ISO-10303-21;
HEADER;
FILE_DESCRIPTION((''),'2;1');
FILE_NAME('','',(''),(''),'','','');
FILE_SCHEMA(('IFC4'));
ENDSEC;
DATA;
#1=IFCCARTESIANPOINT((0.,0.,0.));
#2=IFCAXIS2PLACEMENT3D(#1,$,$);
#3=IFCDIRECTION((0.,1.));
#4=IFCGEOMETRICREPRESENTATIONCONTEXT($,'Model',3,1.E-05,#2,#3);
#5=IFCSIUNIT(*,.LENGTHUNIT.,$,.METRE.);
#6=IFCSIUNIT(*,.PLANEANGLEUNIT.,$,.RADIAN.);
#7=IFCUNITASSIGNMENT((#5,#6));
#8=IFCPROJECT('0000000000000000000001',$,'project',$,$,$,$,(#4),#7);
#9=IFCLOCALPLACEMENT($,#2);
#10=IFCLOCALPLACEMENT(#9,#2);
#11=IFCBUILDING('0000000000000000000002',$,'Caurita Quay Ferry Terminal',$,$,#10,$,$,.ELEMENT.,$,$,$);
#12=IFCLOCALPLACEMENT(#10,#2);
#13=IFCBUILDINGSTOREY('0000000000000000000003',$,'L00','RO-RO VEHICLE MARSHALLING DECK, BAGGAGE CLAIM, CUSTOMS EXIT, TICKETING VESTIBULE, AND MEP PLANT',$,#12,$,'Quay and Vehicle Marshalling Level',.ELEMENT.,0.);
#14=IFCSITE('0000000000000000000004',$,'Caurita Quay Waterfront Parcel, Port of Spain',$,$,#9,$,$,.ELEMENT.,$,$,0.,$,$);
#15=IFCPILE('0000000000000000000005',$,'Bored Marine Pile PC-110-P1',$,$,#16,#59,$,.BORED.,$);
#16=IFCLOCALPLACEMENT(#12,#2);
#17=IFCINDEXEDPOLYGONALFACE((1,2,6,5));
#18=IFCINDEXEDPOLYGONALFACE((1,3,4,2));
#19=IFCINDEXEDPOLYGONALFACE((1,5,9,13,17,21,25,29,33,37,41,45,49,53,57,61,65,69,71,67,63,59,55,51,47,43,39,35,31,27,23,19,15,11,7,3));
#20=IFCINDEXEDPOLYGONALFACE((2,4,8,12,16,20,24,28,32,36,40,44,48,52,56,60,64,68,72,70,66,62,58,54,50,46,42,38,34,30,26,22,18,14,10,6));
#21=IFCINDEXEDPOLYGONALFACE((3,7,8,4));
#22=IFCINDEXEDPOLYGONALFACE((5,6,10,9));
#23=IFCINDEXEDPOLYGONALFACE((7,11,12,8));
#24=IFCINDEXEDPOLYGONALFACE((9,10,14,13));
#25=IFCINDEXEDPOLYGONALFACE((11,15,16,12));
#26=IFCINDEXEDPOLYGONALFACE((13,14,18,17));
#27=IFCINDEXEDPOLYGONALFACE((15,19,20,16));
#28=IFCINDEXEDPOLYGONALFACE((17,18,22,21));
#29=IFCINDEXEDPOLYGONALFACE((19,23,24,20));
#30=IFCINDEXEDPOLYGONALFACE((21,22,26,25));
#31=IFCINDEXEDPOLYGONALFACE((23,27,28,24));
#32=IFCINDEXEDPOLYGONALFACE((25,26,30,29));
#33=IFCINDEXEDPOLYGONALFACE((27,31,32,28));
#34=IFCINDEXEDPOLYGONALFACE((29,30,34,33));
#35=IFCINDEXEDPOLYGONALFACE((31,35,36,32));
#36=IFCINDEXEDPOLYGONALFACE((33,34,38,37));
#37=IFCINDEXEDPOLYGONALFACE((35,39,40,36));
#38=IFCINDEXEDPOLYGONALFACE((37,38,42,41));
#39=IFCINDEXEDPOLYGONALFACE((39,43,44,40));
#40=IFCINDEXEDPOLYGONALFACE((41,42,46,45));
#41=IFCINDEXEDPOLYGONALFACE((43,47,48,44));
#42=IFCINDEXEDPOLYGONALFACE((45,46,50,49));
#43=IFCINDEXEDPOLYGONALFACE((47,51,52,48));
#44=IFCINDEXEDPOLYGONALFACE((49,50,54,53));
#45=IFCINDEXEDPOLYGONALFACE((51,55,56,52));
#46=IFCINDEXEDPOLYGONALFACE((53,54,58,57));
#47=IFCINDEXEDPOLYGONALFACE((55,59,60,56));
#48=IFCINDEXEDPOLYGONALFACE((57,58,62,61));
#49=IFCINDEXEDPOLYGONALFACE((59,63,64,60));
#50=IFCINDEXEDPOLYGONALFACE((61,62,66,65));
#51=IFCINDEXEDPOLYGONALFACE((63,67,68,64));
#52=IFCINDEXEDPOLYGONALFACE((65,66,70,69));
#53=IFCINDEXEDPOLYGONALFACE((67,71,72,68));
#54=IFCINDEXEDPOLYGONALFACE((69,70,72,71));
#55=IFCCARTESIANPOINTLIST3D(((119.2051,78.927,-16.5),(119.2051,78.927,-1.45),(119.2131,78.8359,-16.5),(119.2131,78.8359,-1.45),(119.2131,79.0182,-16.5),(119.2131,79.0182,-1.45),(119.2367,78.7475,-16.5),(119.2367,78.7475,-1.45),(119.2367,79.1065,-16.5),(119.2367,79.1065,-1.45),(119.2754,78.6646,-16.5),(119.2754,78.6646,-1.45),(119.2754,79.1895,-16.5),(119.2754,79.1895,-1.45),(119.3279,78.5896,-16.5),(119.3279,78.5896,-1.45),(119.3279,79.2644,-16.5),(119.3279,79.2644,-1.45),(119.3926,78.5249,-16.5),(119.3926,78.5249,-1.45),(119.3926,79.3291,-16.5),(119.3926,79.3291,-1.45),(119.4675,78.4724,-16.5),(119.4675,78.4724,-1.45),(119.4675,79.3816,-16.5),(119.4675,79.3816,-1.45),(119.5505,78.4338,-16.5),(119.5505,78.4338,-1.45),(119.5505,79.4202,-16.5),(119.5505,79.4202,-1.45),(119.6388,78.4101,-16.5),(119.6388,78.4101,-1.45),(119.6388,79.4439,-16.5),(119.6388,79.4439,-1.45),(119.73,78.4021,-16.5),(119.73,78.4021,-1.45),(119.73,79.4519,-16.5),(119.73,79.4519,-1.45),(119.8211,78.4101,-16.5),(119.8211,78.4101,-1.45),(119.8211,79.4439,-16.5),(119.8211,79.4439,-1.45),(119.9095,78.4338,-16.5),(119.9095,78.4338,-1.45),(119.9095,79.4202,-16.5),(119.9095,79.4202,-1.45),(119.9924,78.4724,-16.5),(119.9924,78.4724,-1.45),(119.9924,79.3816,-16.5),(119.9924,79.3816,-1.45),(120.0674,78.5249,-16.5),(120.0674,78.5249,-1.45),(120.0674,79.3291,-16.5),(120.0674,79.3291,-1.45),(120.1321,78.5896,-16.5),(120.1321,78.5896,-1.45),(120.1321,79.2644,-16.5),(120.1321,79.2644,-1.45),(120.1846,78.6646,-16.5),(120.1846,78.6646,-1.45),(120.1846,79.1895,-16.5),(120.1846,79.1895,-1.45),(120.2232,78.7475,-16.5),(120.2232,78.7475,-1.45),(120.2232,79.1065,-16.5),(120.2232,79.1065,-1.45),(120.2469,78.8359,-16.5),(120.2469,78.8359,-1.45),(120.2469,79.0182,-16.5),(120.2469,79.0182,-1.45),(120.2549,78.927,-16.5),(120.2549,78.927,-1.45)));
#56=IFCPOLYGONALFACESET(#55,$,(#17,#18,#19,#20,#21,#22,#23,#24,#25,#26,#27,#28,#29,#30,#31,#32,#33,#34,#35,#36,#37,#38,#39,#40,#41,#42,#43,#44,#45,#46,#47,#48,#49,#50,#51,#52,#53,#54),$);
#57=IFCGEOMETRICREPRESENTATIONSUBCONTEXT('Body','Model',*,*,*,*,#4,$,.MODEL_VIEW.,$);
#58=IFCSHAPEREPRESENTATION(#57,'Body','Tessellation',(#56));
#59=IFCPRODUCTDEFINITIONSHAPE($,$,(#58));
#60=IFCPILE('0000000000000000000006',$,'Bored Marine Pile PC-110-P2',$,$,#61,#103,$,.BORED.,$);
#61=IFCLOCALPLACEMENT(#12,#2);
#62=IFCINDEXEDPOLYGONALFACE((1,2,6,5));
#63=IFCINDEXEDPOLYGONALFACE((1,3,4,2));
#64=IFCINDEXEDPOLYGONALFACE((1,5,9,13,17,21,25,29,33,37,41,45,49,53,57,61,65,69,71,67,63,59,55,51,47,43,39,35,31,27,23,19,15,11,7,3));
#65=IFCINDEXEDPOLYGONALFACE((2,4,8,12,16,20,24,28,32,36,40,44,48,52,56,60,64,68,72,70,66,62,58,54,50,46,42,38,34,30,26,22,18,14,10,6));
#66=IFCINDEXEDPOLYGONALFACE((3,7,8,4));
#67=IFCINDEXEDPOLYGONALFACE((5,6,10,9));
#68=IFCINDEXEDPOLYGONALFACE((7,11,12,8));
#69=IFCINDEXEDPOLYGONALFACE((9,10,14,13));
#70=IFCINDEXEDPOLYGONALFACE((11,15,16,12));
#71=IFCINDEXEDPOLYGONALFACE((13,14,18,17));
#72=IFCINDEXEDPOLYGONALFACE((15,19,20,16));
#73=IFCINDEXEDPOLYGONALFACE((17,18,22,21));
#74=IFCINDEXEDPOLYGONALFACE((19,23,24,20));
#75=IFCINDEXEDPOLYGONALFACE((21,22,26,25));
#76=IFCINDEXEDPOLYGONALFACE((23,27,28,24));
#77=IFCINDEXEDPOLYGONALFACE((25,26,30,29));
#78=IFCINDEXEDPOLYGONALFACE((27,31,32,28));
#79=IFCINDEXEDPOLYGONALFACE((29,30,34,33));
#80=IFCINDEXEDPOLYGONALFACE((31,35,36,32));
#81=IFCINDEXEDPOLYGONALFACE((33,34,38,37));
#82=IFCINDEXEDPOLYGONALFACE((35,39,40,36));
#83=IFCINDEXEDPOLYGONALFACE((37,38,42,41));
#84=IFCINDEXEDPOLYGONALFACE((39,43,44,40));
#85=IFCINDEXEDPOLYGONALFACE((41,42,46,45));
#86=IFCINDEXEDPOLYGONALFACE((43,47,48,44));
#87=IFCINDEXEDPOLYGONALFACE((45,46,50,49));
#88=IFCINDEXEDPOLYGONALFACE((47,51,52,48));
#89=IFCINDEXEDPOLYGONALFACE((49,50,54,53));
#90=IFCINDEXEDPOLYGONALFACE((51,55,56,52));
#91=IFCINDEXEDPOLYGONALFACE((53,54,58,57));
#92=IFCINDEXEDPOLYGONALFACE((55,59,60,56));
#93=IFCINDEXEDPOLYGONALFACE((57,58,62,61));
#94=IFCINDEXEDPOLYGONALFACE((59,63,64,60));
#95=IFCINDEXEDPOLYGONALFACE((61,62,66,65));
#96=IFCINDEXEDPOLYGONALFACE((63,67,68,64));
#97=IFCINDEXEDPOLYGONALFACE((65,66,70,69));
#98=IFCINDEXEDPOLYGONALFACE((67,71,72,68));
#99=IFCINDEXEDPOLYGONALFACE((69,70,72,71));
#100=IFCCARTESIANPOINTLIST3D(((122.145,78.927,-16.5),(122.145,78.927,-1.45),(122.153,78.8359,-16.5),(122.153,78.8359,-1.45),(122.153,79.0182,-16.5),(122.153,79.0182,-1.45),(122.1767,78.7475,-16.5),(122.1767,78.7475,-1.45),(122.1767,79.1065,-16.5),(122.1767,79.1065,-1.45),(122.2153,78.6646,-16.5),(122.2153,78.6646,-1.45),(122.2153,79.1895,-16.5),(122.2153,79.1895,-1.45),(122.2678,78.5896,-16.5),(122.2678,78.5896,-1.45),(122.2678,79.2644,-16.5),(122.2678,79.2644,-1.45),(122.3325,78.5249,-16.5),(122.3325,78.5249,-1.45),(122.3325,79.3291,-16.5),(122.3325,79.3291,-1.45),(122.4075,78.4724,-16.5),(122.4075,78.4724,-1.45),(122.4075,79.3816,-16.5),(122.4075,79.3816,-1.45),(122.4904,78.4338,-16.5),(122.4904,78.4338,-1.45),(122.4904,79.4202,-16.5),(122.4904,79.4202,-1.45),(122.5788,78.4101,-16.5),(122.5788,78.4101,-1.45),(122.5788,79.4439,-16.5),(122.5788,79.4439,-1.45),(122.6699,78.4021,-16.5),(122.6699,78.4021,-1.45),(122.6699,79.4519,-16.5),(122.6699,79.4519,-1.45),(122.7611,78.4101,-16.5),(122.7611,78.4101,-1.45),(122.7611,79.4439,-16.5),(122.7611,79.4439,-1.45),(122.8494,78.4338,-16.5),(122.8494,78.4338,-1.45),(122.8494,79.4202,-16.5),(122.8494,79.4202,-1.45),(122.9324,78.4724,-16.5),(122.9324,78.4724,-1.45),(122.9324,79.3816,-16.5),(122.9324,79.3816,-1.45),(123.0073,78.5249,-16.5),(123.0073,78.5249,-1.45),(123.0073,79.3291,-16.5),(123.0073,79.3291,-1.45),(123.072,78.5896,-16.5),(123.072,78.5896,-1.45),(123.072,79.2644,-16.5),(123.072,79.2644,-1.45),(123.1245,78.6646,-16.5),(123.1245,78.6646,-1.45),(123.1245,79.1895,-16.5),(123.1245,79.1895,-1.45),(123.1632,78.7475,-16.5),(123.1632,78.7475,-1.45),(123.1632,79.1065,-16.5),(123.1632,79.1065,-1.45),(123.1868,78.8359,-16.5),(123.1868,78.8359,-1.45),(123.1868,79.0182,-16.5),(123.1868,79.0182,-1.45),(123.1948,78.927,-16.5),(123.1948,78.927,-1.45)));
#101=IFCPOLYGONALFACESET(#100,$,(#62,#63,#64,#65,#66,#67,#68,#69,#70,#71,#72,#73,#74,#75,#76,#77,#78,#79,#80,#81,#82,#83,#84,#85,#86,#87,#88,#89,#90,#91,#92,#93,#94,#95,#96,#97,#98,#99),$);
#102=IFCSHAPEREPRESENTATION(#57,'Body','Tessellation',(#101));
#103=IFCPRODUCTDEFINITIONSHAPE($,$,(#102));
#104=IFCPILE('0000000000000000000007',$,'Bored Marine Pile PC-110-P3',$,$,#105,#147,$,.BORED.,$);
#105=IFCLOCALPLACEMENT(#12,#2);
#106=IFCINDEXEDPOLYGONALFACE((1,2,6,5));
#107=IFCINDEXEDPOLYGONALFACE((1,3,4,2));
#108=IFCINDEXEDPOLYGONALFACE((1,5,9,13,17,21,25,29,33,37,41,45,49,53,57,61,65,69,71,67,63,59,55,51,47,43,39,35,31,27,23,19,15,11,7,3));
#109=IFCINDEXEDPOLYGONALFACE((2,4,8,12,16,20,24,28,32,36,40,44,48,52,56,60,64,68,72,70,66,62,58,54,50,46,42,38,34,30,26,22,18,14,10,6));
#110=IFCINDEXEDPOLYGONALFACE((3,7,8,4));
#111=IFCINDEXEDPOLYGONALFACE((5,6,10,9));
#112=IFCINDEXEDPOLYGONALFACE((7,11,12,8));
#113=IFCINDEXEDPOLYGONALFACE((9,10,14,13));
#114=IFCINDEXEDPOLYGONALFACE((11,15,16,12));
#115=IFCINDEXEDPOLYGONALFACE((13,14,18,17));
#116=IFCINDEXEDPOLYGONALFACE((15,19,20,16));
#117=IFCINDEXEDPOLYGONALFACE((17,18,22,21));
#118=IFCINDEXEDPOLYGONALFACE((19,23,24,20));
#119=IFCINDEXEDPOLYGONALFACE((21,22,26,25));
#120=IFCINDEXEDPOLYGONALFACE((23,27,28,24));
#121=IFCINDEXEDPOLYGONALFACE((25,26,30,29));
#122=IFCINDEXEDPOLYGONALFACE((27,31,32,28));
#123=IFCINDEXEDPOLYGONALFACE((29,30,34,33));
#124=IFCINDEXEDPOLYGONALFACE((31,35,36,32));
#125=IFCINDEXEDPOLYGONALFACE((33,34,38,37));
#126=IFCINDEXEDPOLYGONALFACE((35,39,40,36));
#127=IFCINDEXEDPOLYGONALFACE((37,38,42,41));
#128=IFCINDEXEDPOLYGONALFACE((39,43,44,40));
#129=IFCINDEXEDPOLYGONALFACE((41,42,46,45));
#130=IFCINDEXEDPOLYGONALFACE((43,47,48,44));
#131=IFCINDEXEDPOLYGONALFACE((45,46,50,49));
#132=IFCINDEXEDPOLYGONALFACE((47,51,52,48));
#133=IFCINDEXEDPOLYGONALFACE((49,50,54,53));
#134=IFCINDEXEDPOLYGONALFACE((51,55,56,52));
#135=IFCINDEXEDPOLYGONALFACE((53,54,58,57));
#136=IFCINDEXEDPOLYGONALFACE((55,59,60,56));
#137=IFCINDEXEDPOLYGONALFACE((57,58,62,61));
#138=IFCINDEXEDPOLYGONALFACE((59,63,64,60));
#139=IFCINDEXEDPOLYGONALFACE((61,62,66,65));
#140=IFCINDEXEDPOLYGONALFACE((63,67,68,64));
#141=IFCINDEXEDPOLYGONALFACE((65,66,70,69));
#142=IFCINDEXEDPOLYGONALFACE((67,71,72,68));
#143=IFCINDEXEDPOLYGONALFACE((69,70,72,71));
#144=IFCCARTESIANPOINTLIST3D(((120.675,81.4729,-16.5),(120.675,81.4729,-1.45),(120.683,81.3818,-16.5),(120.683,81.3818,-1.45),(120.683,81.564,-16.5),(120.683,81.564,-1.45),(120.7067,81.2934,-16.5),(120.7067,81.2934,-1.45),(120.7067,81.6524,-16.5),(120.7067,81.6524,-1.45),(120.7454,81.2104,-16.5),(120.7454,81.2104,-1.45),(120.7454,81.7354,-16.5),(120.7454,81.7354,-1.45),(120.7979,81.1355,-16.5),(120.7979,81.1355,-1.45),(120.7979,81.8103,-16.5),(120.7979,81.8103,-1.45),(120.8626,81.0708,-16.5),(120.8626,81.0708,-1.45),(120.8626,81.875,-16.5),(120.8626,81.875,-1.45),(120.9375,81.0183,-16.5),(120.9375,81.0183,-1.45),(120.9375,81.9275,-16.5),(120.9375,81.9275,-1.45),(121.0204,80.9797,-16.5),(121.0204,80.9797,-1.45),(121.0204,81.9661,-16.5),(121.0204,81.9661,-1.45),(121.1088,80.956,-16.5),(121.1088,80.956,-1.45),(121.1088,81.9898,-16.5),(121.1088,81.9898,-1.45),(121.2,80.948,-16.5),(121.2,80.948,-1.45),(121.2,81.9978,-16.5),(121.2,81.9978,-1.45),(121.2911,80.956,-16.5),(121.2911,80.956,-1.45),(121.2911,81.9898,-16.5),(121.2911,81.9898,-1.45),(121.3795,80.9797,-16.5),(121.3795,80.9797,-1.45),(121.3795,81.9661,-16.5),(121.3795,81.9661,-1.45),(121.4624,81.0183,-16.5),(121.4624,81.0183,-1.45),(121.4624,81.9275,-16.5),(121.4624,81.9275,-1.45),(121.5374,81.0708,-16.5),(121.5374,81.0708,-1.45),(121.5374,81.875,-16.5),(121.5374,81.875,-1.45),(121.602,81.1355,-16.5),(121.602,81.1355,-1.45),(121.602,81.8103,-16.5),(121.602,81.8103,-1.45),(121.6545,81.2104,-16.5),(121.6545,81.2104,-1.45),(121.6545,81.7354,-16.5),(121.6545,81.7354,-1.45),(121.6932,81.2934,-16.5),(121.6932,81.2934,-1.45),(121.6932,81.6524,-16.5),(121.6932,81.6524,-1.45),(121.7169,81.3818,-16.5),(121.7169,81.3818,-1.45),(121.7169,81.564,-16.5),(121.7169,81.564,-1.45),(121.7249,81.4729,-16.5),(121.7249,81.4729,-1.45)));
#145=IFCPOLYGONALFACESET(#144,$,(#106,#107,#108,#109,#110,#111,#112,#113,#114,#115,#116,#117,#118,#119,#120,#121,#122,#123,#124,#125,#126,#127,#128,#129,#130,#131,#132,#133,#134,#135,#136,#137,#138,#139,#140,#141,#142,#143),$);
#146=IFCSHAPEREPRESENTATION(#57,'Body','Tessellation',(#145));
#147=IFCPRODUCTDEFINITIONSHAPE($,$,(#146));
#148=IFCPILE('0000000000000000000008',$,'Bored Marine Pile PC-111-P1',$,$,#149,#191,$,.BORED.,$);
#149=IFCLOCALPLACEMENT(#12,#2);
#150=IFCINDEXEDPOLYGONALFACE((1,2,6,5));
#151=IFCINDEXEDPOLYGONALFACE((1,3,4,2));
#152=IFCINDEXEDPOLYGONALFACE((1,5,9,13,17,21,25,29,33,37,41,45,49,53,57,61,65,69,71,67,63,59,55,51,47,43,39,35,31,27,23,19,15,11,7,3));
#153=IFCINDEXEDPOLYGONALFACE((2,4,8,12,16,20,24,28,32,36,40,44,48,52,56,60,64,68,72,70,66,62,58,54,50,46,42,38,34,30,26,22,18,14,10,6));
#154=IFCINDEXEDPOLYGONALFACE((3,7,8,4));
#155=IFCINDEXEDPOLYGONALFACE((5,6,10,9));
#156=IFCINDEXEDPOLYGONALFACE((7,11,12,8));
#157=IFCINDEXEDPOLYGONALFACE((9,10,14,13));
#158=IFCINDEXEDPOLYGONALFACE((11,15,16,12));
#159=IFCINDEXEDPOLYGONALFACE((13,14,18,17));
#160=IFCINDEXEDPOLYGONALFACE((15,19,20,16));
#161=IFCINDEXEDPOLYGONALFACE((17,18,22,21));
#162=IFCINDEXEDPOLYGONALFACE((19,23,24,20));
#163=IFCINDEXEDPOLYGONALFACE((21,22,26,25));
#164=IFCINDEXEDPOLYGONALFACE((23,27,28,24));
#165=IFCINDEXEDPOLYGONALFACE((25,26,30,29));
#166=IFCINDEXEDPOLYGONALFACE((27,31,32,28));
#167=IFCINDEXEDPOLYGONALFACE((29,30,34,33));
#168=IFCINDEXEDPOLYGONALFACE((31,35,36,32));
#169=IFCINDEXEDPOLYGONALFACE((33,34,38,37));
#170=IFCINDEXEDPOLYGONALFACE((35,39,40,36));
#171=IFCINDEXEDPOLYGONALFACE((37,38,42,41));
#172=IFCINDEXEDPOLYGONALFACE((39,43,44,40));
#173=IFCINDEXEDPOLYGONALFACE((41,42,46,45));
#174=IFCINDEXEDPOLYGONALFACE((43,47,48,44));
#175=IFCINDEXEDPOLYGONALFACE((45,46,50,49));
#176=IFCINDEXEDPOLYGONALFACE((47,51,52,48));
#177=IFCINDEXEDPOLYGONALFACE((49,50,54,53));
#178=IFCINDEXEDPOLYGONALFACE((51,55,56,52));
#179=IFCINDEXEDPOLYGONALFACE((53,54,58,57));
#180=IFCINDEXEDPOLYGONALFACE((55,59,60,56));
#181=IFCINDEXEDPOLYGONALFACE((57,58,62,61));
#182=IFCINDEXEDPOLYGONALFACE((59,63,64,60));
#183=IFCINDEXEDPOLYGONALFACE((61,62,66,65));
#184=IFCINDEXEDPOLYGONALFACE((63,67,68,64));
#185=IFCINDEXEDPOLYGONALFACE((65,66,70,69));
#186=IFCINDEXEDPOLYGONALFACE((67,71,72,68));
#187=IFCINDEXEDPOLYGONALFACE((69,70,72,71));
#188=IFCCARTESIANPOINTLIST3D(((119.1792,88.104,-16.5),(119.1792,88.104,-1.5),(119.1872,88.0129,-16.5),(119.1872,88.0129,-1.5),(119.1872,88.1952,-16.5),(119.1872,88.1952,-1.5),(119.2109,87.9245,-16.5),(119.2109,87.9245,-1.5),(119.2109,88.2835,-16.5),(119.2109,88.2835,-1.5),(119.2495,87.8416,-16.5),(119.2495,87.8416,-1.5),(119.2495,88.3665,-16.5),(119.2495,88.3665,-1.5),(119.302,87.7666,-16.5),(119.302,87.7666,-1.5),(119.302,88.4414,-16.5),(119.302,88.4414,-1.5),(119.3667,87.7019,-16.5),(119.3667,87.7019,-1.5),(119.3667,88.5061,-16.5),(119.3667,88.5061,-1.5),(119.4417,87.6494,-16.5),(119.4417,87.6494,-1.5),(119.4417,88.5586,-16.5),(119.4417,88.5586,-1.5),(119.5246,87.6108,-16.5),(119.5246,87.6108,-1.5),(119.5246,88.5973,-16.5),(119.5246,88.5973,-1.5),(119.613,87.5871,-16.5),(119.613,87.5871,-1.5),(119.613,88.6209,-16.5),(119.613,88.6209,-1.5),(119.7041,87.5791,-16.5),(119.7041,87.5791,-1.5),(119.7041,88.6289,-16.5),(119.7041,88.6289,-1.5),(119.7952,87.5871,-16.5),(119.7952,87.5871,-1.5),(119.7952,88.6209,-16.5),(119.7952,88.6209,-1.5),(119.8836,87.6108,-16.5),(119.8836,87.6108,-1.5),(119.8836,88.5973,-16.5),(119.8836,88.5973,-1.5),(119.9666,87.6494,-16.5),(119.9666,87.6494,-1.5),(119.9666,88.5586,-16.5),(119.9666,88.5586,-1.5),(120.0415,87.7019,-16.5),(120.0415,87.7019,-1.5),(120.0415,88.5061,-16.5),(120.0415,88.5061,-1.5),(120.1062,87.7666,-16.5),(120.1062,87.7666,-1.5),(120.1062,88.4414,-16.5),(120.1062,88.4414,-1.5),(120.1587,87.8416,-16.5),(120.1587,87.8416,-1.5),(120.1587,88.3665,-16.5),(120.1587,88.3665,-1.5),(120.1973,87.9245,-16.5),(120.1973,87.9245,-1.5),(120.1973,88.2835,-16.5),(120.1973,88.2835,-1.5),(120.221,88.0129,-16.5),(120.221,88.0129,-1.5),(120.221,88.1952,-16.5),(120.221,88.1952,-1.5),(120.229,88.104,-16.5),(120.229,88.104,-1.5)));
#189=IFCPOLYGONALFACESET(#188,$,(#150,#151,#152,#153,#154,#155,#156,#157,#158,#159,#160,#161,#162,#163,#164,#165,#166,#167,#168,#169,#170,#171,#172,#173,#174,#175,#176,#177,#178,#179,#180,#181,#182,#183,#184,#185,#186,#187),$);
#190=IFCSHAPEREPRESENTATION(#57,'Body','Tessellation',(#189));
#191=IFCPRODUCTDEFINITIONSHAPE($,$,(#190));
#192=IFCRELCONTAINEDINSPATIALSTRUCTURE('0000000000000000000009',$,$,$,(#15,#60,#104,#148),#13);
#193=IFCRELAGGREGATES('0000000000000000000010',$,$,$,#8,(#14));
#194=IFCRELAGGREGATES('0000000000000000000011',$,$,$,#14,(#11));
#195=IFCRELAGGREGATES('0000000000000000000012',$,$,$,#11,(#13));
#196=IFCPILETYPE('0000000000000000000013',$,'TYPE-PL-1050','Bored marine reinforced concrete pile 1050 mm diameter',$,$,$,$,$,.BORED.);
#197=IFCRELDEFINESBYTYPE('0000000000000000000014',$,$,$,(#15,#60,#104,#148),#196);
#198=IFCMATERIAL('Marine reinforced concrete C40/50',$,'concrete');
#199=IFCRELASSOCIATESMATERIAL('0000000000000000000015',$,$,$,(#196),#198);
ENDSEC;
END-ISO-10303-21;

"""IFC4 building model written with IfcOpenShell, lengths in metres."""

from ifc_helpers import new_model, si_unit, direction, frame, origin, origin_2d, place, context, subcontext, project, spatial, circle, extrude, material, material_profile, profile_set, type_object, element, save


model = new_model("IFC4")

# Units and contexts
model_context = context("Model", 3, precision=1e-05, world=origin(), true_north=direction((0.0, 1.0)))
body_context = subcontext(model_context, "Body", "Model", "MODEL_VIEW")
ifc_project = project(units=[si_unit("LENGTHUNIT", "METRE"), si_unit("PLANEANGLEUNIT", "RADIAN")], contexts=[model_context])

# Site, building, storey
site_placement = place(None, origin())
site = spatial("IfcSite", under=ifc_project, at=site_placement, Name="Caurita Quay Waterfront Parcel, Port of Spain", CompositionType="ELEMENT", RefElevation=0.0)
building_placement = place(site_placement, origin())
building = spatial("IfcBuilding", under=site, at=building_placement, Name="Caurita Quay Ferry Terminal", CompositionType="ELEMENT")
storey_placement = place(building_placement, origin())
storey = spatial("IfcBuildingStorey", under=building, at=storey_placement, Name="L00", Description="RO-RO VEHICLE MARSHALLING DECK, BAGGAGE CLAIM, CUSTOMS EXIT, TICKETING VESTIBULE, AND MEP PLANT", LongName="Quay and Vehicle Marshalling Level", CompositionType="ELEMENT", Elevation=0.0)

# Piles
ifc_material_1 = material(Name="Marine reinforced concrete C40/50", Category="concrete")
ifc_material_profile_1 = material_profile(ifc_material_1, circle(Radius=0.5249, at=origin_2d()), Name="PILE-D1050")
ifc_profile_set_1 = profile_set([ifc_material_profile_1], Name="Marine reinforced concrete C40/50")
pile_type = type_object("IfcPileType", Name="TYPE-PL-1050", Description="Bored marine reinforced concrete pile 1050 mm diameter", PredefinedType="BORED", material=ifc_profile_set_1)
for number, where, z_axis, x_axis, name in (
    (1, (119.73, 78.927, -1.45), (0.0, 0.0, -1.0), (1.0, 0.0, 0.0), "Bored Marine Pile PC-110-P1"),
    (2, (122.6699, 78.927, -1.45), (0.0, 0.0, -1.0), (1.0, 0.0, 0.0), "Bored Marine Pile PC-110-P2"),
    (3, (121.2, 81.4729, -1.45), (0.0, 0.0, -1.0), (1.0, 0.0, 0.0), "Bored Marine Pile PC-110-P3"),
):
    element("IfcPile", number, at=place(storey_placement, frame(where, z_axis=z_axis, x_axis=x_axis)), inside=storey, type_object=pile_type, Name=name, PredefinedType="BORED", context=body_context, shape_type="SweptSolid", body=[
        extrude(circle(Radius=0.5249, at=origin_2d()), origin(), (0.0, 0.0, 1.0), 15.05),
    ])
for number, where, z_axis, x_axis, name in (
    (4, (119.7041, 88.104, -1.5), (0.0, 0.0, -1.0), (1.0, 0.0, 0.0), "Bored Marine Pile PC-111-P1"),
):
    element("IfcPile", number, at=place(storey_placement, frame(where, z_axis=z_axis, x_axis=x_axis)), inside=storey, type_object=pile_type, Name=name, PredefinedType="BORED", context=body_context, shape_type="SweptSolid", body=[
        extrude(circle(Radius=0.5249, at=origin_2d()), origin(), (0.0, 0.0, 1.0), 15.0),
    ])

save(model, "model.ifc")
